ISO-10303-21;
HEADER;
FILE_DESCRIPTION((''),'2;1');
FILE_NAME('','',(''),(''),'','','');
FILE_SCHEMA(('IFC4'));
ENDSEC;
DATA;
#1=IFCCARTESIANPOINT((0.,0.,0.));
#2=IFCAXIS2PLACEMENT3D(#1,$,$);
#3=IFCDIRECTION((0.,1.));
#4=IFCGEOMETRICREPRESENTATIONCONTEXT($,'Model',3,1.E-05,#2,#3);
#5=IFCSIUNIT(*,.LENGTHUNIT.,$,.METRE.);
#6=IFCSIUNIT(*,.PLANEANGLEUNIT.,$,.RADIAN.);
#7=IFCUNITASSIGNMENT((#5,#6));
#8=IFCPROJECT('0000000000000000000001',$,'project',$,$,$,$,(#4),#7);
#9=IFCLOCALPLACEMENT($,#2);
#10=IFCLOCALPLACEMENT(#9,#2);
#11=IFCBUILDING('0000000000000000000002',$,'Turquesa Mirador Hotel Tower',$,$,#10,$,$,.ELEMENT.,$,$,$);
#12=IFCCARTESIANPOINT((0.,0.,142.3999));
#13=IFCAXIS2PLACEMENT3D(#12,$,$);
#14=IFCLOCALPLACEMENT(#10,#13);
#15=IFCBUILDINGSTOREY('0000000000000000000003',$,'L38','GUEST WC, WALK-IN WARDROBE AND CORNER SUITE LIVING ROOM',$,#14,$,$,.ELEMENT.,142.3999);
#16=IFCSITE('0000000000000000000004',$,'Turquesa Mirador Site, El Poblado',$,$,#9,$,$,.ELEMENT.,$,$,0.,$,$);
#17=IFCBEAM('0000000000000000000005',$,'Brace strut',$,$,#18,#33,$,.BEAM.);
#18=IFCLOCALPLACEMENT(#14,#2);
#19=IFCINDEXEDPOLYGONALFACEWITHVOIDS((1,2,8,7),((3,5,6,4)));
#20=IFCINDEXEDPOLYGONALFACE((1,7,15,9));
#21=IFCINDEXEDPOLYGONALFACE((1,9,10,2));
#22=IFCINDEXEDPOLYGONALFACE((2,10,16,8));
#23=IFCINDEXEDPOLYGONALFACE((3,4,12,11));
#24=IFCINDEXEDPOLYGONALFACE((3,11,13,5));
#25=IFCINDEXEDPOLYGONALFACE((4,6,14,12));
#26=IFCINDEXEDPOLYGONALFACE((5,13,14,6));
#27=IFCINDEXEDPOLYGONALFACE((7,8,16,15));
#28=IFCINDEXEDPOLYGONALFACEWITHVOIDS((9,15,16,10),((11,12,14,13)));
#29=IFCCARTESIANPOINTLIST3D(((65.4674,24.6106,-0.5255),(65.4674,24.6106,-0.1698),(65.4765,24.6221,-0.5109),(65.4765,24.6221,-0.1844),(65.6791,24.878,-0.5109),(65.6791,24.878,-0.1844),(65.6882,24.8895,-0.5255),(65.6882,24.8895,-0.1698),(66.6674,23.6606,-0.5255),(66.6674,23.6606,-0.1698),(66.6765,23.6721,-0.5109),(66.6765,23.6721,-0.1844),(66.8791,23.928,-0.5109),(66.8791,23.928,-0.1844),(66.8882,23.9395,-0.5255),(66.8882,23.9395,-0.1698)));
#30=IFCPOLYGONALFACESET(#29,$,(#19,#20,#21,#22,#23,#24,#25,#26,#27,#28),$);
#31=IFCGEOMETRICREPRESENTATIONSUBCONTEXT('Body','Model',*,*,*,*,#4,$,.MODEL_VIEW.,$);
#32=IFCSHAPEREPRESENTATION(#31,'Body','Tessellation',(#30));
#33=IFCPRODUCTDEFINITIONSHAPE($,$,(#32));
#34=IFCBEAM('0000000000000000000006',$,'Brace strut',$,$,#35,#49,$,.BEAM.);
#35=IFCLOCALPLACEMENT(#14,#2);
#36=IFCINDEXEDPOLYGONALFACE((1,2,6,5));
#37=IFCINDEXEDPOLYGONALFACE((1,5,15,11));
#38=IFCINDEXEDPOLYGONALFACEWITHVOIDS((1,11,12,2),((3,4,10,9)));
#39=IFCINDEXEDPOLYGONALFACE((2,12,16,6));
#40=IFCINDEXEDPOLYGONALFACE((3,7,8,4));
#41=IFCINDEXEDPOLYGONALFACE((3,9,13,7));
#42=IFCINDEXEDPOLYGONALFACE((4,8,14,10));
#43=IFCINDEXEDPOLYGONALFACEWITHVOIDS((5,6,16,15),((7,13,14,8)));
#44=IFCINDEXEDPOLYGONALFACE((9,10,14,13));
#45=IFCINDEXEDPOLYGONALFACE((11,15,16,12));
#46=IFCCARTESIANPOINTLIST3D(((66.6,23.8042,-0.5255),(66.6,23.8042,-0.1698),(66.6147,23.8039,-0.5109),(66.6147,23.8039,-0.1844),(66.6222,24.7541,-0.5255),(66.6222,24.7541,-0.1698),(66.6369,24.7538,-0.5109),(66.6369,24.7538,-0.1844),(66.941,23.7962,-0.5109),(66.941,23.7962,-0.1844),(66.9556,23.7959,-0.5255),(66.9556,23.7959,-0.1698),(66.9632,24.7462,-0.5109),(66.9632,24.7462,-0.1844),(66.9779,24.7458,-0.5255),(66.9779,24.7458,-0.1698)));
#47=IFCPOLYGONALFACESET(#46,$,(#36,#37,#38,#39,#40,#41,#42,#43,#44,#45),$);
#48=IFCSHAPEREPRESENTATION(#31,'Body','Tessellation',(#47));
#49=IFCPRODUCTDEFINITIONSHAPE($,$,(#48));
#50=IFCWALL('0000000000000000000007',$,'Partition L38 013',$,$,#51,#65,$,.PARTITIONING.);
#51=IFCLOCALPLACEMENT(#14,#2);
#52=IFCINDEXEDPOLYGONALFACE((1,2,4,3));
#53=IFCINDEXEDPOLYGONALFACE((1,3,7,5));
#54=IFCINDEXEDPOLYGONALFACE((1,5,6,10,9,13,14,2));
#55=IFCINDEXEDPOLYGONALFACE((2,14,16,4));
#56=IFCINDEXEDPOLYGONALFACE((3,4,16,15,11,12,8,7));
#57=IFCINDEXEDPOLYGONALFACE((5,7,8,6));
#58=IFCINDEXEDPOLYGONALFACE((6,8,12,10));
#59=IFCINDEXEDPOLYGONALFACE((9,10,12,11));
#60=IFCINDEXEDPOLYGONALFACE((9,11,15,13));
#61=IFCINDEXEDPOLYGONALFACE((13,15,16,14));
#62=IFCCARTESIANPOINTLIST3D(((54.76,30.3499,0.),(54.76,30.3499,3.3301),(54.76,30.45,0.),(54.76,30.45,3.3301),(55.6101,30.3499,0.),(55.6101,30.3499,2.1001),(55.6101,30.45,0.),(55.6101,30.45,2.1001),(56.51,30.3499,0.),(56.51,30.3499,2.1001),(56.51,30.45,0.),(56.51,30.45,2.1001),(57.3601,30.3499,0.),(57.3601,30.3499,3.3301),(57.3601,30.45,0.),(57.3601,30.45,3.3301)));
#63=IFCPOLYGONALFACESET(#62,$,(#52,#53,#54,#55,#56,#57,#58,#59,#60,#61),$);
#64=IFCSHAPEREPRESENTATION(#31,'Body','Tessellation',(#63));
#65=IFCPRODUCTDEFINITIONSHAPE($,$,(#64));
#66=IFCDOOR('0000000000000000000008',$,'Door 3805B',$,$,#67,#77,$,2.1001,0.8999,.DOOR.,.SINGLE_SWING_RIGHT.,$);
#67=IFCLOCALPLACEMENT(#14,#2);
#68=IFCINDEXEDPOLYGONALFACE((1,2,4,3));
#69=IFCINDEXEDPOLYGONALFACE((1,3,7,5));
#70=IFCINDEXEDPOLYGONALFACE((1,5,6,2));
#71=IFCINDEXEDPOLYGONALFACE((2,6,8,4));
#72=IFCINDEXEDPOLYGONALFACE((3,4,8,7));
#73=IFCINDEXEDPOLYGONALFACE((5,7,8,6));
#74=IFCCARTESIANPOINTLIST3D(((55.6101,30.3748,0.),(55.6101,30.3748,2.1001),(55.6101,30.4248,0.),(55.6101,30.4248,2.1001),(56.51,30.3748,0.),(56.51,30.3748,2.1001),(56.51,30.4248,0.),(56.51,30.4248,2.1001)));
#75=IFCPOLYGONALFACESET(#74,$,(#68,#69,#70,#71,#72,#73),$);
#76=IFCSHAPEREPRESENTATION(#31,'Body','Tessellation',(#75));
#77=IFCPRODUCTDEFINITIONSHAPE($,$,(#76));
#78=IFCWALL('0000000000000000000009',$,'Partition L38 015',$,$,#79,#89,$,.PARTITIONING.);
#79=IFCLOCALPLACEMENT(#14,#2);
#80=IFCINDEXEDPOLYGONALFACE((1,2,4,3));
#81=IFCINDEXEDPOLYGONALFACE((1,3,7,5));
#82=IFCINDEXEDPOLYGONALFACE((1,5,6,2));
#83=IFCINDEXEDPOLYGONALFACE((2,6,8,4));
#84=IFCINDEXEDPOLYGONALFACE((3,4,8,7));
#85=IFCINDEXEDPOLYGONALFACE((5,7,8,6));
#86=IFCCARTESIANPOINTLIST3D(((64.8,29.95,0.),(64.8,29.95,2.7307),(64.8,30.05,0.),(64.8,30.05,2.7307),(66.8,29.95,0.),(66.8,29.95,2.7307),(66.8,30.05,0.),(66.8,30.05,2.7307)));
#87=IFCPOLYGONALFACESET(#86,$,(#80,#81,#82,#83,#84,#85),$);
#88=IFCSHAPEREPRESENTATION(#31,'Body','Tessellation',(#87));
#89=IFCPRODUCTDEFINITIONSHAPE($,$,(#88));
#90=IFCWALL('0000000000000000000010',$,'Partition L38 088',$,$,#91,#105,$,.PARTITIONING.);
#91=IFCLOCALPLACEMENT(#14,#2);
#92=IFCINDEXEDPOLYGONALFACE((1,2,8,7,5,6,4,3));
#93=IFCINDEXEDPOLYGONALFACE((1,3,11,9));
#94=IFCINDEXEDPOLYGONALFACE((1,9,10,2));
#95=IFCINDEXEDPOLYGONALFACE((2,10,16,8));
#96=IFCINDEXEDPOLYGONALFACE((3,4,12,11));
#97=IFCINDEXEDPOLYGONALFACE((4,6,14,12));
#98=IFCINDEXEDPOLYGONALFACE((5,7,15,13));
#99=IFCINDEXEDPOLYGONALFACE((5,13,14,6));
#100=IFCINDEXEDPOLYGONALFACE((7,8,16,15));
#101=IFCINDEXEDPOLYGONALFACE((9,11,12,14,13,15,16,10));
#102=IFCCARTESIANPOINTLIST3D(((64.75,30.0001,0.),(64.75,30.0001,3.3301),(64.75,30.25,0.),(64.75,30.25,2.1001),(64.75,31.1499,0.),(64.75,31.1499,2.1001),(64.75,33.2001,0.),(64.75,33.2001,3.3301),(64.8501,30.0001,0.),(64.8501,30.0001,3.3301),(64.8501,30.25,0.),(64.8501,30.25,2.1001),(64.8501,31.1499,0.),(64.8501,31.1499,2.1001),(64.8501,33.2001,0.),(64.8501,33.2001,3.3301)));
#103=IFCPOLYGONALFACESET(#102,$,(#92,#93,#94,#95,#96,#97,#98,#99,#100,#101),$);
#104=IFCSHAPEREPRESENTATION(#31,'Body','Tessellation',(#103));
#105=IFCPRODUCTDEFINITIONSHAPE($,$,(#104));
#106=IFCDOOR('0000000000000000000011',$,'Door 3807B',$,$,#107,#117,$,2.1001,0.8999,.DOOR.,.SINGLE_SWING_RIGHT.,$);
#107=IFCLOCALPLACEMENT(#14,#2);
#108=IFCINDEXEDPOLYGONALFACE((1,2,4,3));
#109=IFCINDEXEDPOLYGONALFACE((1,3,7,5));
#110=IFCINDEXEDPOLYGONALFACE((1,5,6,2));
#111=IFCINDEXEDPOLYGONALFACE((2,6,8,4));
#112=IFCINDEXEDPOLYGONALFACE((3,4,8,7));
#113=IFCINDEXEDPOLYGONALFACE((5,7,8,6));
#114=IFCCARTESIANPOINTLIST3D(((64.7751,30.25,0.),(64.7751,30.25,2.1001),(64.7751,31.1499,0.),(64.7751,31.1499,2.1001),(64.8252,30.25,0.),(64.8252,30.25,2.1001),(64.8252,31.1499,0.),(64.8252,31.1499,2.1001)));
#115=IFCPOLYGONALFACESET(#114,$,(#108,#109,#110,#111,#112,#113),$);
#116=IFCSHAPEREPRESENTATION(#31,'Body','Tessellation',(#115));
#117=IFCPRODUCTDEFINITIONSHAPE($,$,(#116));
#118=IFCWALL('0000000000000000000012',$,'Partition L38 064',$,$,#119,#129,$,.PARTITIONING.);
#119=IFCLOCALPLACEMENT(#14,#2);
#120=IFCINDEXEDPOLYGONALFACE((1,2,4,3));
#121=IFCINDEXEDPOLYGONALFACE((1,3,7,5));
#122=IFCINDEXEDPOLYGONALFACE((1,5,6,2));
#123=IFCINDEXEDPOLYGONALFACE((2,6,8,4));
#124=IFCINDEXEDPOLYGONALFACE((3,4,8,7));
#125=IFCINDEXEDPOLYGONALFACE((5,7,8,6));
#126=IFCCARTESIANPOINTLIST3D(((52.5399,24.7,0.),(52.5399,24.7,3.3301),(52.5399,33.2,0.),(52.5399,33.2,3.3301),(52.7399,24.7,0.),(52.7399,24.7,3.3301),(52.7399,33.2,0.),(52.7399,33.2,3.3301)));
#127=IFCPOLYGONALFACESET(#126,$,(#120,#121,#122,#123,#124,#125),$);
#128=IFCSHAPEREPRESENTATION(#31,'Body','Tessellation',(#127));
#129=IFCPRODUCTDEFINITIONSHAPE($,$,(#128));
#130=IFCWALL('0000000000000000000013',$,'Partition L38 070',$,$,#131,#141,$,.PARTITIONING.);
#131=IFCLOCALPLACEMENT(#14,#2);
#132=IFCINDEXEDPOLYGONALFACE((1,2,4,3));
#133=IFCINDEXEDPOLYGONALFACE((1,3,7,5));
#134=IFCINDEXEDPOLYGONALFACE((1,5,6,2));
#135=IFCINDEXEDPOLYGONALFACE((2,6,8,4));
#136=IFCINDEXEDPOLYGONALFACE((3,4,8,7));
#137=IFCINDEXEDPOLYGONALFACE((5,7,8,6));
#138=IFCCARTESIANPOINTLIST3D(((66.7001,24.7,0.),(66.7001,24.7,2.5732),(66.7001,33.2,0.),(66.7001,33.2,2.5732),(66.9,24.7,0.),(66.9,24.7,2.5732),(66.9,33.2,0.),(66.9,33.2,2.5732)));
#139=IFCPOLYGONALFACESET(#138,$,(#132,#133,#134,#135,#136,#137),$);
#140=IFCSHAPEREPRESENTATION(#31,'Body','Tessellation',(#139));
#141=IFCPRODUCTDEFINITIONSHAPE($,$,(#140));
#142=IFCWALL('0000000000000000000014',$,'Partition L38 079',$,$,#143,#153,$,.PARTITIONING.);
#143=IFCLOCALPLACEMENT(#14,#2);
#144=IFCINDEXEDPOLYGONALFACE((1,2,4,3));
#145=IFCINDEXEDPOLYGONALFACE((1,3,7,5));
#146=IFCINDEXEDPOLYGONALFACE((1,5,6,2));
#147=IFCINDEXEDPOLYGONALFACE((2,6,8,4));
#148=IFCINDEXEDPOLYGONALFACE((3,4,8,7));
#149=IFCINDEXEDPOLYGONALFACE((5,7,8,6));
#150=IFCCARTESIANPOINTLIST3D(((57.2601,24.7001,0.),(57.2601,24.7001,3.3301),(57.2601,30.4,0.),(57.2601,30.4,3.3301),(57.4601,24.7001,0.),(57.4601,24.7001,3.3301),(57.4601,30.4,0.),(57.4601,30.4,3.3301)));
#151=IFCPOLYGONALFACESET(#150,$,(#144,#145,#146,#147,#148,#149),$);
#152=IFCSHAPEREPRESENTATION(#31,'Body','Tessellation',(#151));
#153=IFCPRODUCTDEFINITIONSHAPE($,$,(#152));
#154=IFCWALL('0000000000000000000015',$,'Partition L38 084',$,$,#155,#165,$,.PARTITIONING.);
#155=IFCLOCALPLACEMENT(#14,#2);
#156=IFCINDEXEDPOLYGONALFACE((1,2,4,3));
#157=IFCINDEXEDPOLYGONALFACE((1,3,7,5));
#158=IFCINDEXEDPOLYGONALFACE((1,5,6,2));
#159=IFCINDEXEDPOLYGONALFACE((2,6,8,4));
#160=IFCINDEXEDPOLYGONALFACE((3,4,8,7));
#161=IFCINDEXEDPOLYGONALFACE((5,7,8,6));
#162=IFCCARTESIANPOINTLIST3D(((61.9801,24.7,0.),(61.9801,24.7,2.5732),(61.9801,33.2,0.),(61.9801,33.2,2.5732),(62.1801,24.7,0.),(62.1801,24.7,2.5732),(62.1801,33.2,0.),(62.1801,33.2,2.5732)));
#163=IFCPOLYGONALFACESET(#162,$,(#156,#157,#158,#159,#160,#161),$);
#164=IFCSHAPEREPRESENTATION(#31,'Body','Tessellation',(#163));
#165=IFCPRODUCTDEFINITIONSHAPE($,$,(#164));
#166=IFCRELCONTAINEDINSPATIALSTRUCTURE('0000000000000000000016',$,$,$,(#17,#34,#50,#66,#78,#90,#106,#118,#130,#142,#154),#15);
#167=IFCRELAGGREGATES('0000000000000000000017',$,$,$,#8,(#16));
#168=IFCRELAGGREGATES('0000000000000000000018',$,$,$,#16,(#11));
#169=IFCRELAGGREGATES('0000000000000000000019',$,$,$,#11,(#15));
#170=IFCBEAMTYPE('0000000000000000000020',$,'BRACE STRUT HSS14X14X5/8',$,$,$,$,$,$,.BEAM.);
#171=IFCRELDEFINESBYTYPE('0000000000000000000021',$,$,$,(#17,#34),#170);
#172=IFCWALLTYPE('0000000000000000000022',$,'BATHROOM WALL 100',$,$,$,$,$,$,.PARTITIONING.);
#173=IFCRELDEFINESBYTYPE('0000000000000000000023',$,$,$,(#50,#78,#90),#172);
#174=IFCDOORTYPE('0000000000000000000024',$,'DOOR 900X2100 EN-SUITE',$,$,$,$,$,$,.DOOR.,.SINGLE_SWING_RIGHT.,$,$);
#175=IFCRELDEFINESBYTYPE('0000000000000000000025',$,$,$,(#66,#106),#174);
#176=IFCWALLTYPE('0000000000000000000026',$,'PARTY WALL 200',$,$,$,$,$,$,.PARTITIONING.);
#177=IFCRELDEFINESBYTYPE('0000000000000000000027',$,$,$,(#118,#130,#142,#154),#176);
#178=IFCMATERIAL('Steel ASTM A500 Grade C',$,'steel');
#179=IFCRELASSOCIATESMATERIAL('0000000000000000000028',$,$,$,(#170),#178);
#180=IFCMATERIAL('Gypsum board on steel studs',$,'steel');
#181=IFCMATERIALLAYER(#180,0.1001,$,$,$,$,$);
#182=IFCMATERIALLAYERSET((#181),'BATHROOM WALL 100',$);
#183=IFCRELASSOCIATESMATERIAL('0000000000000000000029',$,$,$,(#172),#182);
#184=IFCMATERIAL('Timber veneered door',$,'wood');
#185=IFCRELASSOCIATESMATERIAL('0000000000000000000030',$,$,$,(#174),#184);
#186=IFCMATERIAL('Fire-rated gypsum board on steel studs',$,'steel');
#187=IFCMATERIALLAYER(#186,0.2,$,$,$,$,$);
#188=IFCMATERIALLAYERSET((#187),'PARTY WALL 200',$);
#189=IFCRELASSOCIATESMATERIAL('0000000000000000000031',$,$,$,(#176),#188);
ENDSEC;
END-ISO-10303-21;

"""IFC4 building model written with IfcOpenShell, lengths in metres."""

from ifc_helpers import new_model, si_unit, direction, frame, frame_2d, origin, origin_2d, place, context, subcontext, project, spatial, rectangle, hollow_rectangle, extrude, material, layer, layer_set, material_profile, profile_set, type_object, element, fill, save


model = new_model("IFC4")

# Units and contexts
model_context = context("Model", 3, precision=1e-05, world=origin(), true_north=direction((0.0, 1.0)))
body_context = subcontext(model_context, "Body", "Model", "MODEL_VIEW")
ifc_project = project(units=[si_unit("LENGTHUNIT", "METRE"), si_unit("PLANEANGLEUNIT", "RADIAN")], contexts=[model_context])

# Site, building, storey
site_placement = place(None, origin())
site = spatial("IfcSite", under=ifc_project, at=site_placement, Name="Turquesa Mirador Site, El Poblado", CompositionType="ELEMENT", RefElevation=0.0)
building_placement = place(site_placement, origin())
building = spatial("IfcBuilding", under=site, at=building_placement, Name="Turquesa Mirador Hotel Tower", CompositionType="ELEMENT")
storey_placement = place(building_placement, frame((0.0, 0.0, 142.3999)))
storey = spatial("IfcBuildingStorey", under=building, at=storey_placement, Name="L38", Description="GUEST WC, WALK-IN WARDROBE AND CORNER SUITE LIVING ROOM", CompositionType="ELEMENT", Elevation=142.3999)

# Beams
ifc_material_1 = material(Name="Steel ASTM A500 Grade C", Category="steel")
ifc_material_profile_1 = material_profile(ifc_material_1, hollow_rectangle(XDim=0.3557, YDim=0.3557, WallThickness=0.0146, at=origin_2d()), Name="HSS14X14X5/8")
ifc_profile_set_1 = profile_set([ifc_material_profile_1], Name="Steel ASTM A500 Grade C")
beam_type_1 = type_object("IfcBeamType", Name="BRACE STRUT HSS14X14X5/8", PredefinedType="BEAM", material=ifc_profile_set_1)
beam_1_placement = place(storey_placement, frame((66.7778, 23.8, -0.3477), z_axis=(-0.784049, 0.620699, 0.0), x_axis=(-0.620699, -0.784049, 0.0)))
element("IfcBeam", 1, at=beam_1_placement, inside=storey, type_object=beam_type_1, Name="Brace strut", PredefinedType="BEAM", context=body_context, shape_type="SweptSolid", body=[
    extrude(hollow_rectangle(XDim=0.3557, YDim=0.3557, WallThickness=0.0146, at=origin_2d()), origin(), (0.0, 0.0, 1.0), 1.5305),
])
beam_2_placement = place(storey_placement, frame((66.7778, 23.8, -0.3477), z_axis=(0.023381, 0.999727, 0.0), x_axis=(-0.999727, 0.023381, 0.0)))
element("IfcBeam", 2, at=beam_2_placement, inside=storey, type_object=beam_type_1, Name="Brace strut", PredefinedType="BEAM", context=body_context, shape_type="SweptSolid", body=[
    extrude(hollow_rectangle(XDim=0.3557, YDim=0.3557, WallThickness=0.0146, at=origin_2d()), origin(), (0.0, 0.0, 1.0), 0.9502),
])

# Wall, opening, door
ifc_material_2 = material(Name="Gypsum board on steel studs", Category="steel")
ifc_layer_1 = layer(ifc_material_2, 0.1001)
ifc_layer_set_1 = layer_set([ifc_layer_1], Name="BATHROOM WALL 100")
wall_type_1 = type_object("IfcWallType", Name="BATHROOM WALL 100", PredefinedType="PARTITIONING", material=ifc_layer_set_1)
wall_1_placement = place(storey_placement, frame((54.76, 30.3999, 0.0), z_axis=(0.0, 0.0, 1.0), x_axis=(1.0, 0.0, 0.0)))
wall_1 = element("IfcWall", 3, at=wall_1_placement, inside=storey, type_object=wall_type_1, Name="Partition L38 013", PredefinedType="PARTITIONING", context=body_context, shape_type="SweptSolid", body=[
    extrude(rectangle(XDim=2.6001, YDim=0.1001, at=frame_2d((1.3, 0.0))), origin(), (0.0, 0.0, 1.0), 3.3301),
])
opening_1_placement = place(wall_1_placement, frame((0.8501, 0.0, 0.0)))
opening_1 = element("IfcOpeningElement", 4, at=opening_1_placement, cuts=wall_1, PredefinedType="OPENING", context=body_context, shape_type="SweptSolid", body=[
    extrude(rectangle(XDim=0.8999, YDim=2.1001, at=frame_2d((0.45, 1.05))), frame((0.0, 0.0601, 0.0), z_axis=(0.0, -1.0, 0.0), x_axis=(1.0, 0.0, 0.0)), (0.0, 0.0, 1.0), 0.1201),
])
ifc_material_3 = material(Name="Timber veneered door", Category="wood")
door_type = type_object("IfcDoorType", Name="DOOR 900X2100 EN-SUITE", OperationType="SINGLE_SWING_RIGHT", PredefinedType="DOOR", material=ifc_material_3)
door_1_placement = place(opening_1_placement, origin())
door_1 = element("IfcDoor", 5, at=door_1_placement, inside=storey, type_object=door_type, Name="Door 3805B", OperationType="SINGLE_SWING_RIGHT", OverallHeight=2.1001, OverallWidth=0.8999, PredefinedType="DOOR", context=body_context, shape_type="SweptSolid", body=[
    extrude(rectangle(XDim=0.8999, YDim=2.1001, at=frame_2d((0.45, 1.05))), frame((0.0, 0.0249, 0.0), z_axis=(0.0, -1.0, 0.0), x_axis=(1.0, 0.0, 0.0)), (0.0, 0.0, 1.0), 0.05),
])
fill(opening_1, door_1)

# Wall
wall_2_placement = place(storey_placement, frame((64.8, 30.0, 0.0), z_axis=(0.0, 0.0, 1.0), x_axis=(1.0, 0.0, 0.0)))
element("IfcWall", 6, at=wall_2_placement, inside=storey, type_object=wall_type_1, Name="Partition L38 015", PredefinedType="PARTITIONING", context=body_context, shape_type="SweptSolid", body=[
    extrude(rectangle(XDim=2.0, YDim=0.1001, at=frame_2d((1.0, 0.0))), origin(), (0.0, 0.0, 1.0), 2.7307),
])

# Wall, opening, door
wall_3_placement = place(storey_placement, frame((64.8, 30.0, 0.0), z_axis=(0.0, 0.0, 1.0), x_axis=(0.0, 1.0, 0.0)))
wall_3 = element("IfcWall", 7, at=wall_3_placement, inside=storey, type_object=wall_type_1, Name="Partition L38 088", PredefinedType="PARTITIONING", context=body_context, shape_type="SweptSolid", body=[
    extrude(rectangle(XDim=3.2, YDim=0.1001, at=frame_2d((1.6001, 0.0))), origin(), (0.0, 0.0, 1.0), 3.3301),
])
opening_2_placement = place(wall_3_placement, frame((0.25, 0.0, 0.0)))
opening_2 = element("IfcOpeningElement", 8, at=opening_2_placement, cuts=wall_3, PredefinedType="OPENING", context=body_context, shape_type="SweptSolid", body=[
    extrude(rectangle(XDim=0.8999, YDim=2.1001, at=frame_2d((0.45, 1.05))), frame((0.0, 0.0601, 0.0), z_axis=(0.0, -1.0, 0.0), x_axis=(1.0, 0.0, 0.0)), (0.0, 0.0, 1.0), 0.1201),
])
door_2_placement = place(opening_2_placement, origin())
door_2 = element("IfcDoor", 9, at=door_2_placement, inside=storey, type_object=door_type, Name="Door 3807B", OperationType="SINGLE_SWING_RIGHT", OverallHeight=2.1001, OverallWidth=0.8999, PredefinedType="DOOR", context=body_context, shape_type="SweptSolid", body=[
    extrude(rectangle(XDim=0.8999, YDim=2.1001, at=frame_2d((0.45, 1.05))), frame((0.0, 0.0249, 0.0), z_axis=(0.0, -1.0, 0.0), x_axis=(1.0, 0.0, 0.0)), (0.0, 0.0, 1.0), 0.05),
])
fill(opening_2, door_2)

# Walls
ifc_material_4 = material(Name="Fire-rated gypsum board on steel studs", Category="steel")
ifc_layer_2 = layer(ifc_material_4, 0.2)
ifc_layer_set_2 = layer_set([ifc_layer_2], Name="PARTY WALL 200")
wall_type_2 = type_object("IfcWallType", Name="PARTY WALL 200", PredefinedType="PARTITIONING", material=ifc_layer_set_2)
wall_4_placement = place(storey_placement, frame((52.6399, 24.7, 0.0), z_axis=(0.0, 0.0, 1.0), x_axis=(0.0, 1.0, 0.0)))
element("IfcWall", 10, at=wall_4_placement, inside=storey, type_object=wall_type_2, Name="Partition L38 064", PredefinedType="PARTITIONING", context=body_context, shape_type="SweptSolid", body=[
    extrude(rectangle(XDim=8.5, YDim=0.2, at=frame_2d((4.25, 0.0))), origin(), (0.0, 0.0, 1.0), 3.3301),
])
wall_5_placement = place(storey_placement, frame((66.8, 24.7, 0.0), z_axis=(0.0, 0.0, 1.0), x_axis=(0.0, 1.0, 0.0)))
element("IfcWall", 11, at=wall_5_placement, inside=storey, type_object=wall_type_2, Name="Partition L38 070", PredefinedType="PARTITIONING", context=body_context, shape_type="SweptSolid", body=[
    extrude(rectangle(XDim=8.5, YDim=0.2, at=frame_2d((4.25, 0.0))), origin(), (0.0, 0.0, 1.0), 2.5732),
])
wall_6_placement = place(storey_placement, frame((57.3601, 24.7, 0.0), z_axis=(0.0, 0.0, 1.0), x_axis=(0.0, 1.0, 0.0)))
element("IfcWall", 12, at=wall_6_placement, inside=storey, type_object=wall_type_2, Name="Partition L38 079", PredefinedType="PARTITIONING", context=body_context, shape_type="SweptSolid", body=[
    extrude(rectangle(XDim=5.7, YDim=0.2, at=frame_2d((2.8501, 0.0))), origin(), (0.0, 0.0, 1.0), 3.3301),
])
wall_7_placement = place(storey_placement, frame((62.0801, 24.7, 0.0), z_axis=(0.0, 0.0, 1.0), x_axis=(0.0, 1.0, 0.0)))
element("IfcWall", 13, at=wall_7_placement, inside=storey, type_object=wall_type_2, Name="Partition L38 084", PredefinedType="PARTITIONING", context=body_context, shape_type="SweptSolid", body=[
    extrude(rectangle(XDim=8.5, YDim=0.2, at=frame_2d((4.25, 0.0))), origin(), (0.0, 0.0, 1.0), 2.5732),
])

save(model, "model.ifc")
